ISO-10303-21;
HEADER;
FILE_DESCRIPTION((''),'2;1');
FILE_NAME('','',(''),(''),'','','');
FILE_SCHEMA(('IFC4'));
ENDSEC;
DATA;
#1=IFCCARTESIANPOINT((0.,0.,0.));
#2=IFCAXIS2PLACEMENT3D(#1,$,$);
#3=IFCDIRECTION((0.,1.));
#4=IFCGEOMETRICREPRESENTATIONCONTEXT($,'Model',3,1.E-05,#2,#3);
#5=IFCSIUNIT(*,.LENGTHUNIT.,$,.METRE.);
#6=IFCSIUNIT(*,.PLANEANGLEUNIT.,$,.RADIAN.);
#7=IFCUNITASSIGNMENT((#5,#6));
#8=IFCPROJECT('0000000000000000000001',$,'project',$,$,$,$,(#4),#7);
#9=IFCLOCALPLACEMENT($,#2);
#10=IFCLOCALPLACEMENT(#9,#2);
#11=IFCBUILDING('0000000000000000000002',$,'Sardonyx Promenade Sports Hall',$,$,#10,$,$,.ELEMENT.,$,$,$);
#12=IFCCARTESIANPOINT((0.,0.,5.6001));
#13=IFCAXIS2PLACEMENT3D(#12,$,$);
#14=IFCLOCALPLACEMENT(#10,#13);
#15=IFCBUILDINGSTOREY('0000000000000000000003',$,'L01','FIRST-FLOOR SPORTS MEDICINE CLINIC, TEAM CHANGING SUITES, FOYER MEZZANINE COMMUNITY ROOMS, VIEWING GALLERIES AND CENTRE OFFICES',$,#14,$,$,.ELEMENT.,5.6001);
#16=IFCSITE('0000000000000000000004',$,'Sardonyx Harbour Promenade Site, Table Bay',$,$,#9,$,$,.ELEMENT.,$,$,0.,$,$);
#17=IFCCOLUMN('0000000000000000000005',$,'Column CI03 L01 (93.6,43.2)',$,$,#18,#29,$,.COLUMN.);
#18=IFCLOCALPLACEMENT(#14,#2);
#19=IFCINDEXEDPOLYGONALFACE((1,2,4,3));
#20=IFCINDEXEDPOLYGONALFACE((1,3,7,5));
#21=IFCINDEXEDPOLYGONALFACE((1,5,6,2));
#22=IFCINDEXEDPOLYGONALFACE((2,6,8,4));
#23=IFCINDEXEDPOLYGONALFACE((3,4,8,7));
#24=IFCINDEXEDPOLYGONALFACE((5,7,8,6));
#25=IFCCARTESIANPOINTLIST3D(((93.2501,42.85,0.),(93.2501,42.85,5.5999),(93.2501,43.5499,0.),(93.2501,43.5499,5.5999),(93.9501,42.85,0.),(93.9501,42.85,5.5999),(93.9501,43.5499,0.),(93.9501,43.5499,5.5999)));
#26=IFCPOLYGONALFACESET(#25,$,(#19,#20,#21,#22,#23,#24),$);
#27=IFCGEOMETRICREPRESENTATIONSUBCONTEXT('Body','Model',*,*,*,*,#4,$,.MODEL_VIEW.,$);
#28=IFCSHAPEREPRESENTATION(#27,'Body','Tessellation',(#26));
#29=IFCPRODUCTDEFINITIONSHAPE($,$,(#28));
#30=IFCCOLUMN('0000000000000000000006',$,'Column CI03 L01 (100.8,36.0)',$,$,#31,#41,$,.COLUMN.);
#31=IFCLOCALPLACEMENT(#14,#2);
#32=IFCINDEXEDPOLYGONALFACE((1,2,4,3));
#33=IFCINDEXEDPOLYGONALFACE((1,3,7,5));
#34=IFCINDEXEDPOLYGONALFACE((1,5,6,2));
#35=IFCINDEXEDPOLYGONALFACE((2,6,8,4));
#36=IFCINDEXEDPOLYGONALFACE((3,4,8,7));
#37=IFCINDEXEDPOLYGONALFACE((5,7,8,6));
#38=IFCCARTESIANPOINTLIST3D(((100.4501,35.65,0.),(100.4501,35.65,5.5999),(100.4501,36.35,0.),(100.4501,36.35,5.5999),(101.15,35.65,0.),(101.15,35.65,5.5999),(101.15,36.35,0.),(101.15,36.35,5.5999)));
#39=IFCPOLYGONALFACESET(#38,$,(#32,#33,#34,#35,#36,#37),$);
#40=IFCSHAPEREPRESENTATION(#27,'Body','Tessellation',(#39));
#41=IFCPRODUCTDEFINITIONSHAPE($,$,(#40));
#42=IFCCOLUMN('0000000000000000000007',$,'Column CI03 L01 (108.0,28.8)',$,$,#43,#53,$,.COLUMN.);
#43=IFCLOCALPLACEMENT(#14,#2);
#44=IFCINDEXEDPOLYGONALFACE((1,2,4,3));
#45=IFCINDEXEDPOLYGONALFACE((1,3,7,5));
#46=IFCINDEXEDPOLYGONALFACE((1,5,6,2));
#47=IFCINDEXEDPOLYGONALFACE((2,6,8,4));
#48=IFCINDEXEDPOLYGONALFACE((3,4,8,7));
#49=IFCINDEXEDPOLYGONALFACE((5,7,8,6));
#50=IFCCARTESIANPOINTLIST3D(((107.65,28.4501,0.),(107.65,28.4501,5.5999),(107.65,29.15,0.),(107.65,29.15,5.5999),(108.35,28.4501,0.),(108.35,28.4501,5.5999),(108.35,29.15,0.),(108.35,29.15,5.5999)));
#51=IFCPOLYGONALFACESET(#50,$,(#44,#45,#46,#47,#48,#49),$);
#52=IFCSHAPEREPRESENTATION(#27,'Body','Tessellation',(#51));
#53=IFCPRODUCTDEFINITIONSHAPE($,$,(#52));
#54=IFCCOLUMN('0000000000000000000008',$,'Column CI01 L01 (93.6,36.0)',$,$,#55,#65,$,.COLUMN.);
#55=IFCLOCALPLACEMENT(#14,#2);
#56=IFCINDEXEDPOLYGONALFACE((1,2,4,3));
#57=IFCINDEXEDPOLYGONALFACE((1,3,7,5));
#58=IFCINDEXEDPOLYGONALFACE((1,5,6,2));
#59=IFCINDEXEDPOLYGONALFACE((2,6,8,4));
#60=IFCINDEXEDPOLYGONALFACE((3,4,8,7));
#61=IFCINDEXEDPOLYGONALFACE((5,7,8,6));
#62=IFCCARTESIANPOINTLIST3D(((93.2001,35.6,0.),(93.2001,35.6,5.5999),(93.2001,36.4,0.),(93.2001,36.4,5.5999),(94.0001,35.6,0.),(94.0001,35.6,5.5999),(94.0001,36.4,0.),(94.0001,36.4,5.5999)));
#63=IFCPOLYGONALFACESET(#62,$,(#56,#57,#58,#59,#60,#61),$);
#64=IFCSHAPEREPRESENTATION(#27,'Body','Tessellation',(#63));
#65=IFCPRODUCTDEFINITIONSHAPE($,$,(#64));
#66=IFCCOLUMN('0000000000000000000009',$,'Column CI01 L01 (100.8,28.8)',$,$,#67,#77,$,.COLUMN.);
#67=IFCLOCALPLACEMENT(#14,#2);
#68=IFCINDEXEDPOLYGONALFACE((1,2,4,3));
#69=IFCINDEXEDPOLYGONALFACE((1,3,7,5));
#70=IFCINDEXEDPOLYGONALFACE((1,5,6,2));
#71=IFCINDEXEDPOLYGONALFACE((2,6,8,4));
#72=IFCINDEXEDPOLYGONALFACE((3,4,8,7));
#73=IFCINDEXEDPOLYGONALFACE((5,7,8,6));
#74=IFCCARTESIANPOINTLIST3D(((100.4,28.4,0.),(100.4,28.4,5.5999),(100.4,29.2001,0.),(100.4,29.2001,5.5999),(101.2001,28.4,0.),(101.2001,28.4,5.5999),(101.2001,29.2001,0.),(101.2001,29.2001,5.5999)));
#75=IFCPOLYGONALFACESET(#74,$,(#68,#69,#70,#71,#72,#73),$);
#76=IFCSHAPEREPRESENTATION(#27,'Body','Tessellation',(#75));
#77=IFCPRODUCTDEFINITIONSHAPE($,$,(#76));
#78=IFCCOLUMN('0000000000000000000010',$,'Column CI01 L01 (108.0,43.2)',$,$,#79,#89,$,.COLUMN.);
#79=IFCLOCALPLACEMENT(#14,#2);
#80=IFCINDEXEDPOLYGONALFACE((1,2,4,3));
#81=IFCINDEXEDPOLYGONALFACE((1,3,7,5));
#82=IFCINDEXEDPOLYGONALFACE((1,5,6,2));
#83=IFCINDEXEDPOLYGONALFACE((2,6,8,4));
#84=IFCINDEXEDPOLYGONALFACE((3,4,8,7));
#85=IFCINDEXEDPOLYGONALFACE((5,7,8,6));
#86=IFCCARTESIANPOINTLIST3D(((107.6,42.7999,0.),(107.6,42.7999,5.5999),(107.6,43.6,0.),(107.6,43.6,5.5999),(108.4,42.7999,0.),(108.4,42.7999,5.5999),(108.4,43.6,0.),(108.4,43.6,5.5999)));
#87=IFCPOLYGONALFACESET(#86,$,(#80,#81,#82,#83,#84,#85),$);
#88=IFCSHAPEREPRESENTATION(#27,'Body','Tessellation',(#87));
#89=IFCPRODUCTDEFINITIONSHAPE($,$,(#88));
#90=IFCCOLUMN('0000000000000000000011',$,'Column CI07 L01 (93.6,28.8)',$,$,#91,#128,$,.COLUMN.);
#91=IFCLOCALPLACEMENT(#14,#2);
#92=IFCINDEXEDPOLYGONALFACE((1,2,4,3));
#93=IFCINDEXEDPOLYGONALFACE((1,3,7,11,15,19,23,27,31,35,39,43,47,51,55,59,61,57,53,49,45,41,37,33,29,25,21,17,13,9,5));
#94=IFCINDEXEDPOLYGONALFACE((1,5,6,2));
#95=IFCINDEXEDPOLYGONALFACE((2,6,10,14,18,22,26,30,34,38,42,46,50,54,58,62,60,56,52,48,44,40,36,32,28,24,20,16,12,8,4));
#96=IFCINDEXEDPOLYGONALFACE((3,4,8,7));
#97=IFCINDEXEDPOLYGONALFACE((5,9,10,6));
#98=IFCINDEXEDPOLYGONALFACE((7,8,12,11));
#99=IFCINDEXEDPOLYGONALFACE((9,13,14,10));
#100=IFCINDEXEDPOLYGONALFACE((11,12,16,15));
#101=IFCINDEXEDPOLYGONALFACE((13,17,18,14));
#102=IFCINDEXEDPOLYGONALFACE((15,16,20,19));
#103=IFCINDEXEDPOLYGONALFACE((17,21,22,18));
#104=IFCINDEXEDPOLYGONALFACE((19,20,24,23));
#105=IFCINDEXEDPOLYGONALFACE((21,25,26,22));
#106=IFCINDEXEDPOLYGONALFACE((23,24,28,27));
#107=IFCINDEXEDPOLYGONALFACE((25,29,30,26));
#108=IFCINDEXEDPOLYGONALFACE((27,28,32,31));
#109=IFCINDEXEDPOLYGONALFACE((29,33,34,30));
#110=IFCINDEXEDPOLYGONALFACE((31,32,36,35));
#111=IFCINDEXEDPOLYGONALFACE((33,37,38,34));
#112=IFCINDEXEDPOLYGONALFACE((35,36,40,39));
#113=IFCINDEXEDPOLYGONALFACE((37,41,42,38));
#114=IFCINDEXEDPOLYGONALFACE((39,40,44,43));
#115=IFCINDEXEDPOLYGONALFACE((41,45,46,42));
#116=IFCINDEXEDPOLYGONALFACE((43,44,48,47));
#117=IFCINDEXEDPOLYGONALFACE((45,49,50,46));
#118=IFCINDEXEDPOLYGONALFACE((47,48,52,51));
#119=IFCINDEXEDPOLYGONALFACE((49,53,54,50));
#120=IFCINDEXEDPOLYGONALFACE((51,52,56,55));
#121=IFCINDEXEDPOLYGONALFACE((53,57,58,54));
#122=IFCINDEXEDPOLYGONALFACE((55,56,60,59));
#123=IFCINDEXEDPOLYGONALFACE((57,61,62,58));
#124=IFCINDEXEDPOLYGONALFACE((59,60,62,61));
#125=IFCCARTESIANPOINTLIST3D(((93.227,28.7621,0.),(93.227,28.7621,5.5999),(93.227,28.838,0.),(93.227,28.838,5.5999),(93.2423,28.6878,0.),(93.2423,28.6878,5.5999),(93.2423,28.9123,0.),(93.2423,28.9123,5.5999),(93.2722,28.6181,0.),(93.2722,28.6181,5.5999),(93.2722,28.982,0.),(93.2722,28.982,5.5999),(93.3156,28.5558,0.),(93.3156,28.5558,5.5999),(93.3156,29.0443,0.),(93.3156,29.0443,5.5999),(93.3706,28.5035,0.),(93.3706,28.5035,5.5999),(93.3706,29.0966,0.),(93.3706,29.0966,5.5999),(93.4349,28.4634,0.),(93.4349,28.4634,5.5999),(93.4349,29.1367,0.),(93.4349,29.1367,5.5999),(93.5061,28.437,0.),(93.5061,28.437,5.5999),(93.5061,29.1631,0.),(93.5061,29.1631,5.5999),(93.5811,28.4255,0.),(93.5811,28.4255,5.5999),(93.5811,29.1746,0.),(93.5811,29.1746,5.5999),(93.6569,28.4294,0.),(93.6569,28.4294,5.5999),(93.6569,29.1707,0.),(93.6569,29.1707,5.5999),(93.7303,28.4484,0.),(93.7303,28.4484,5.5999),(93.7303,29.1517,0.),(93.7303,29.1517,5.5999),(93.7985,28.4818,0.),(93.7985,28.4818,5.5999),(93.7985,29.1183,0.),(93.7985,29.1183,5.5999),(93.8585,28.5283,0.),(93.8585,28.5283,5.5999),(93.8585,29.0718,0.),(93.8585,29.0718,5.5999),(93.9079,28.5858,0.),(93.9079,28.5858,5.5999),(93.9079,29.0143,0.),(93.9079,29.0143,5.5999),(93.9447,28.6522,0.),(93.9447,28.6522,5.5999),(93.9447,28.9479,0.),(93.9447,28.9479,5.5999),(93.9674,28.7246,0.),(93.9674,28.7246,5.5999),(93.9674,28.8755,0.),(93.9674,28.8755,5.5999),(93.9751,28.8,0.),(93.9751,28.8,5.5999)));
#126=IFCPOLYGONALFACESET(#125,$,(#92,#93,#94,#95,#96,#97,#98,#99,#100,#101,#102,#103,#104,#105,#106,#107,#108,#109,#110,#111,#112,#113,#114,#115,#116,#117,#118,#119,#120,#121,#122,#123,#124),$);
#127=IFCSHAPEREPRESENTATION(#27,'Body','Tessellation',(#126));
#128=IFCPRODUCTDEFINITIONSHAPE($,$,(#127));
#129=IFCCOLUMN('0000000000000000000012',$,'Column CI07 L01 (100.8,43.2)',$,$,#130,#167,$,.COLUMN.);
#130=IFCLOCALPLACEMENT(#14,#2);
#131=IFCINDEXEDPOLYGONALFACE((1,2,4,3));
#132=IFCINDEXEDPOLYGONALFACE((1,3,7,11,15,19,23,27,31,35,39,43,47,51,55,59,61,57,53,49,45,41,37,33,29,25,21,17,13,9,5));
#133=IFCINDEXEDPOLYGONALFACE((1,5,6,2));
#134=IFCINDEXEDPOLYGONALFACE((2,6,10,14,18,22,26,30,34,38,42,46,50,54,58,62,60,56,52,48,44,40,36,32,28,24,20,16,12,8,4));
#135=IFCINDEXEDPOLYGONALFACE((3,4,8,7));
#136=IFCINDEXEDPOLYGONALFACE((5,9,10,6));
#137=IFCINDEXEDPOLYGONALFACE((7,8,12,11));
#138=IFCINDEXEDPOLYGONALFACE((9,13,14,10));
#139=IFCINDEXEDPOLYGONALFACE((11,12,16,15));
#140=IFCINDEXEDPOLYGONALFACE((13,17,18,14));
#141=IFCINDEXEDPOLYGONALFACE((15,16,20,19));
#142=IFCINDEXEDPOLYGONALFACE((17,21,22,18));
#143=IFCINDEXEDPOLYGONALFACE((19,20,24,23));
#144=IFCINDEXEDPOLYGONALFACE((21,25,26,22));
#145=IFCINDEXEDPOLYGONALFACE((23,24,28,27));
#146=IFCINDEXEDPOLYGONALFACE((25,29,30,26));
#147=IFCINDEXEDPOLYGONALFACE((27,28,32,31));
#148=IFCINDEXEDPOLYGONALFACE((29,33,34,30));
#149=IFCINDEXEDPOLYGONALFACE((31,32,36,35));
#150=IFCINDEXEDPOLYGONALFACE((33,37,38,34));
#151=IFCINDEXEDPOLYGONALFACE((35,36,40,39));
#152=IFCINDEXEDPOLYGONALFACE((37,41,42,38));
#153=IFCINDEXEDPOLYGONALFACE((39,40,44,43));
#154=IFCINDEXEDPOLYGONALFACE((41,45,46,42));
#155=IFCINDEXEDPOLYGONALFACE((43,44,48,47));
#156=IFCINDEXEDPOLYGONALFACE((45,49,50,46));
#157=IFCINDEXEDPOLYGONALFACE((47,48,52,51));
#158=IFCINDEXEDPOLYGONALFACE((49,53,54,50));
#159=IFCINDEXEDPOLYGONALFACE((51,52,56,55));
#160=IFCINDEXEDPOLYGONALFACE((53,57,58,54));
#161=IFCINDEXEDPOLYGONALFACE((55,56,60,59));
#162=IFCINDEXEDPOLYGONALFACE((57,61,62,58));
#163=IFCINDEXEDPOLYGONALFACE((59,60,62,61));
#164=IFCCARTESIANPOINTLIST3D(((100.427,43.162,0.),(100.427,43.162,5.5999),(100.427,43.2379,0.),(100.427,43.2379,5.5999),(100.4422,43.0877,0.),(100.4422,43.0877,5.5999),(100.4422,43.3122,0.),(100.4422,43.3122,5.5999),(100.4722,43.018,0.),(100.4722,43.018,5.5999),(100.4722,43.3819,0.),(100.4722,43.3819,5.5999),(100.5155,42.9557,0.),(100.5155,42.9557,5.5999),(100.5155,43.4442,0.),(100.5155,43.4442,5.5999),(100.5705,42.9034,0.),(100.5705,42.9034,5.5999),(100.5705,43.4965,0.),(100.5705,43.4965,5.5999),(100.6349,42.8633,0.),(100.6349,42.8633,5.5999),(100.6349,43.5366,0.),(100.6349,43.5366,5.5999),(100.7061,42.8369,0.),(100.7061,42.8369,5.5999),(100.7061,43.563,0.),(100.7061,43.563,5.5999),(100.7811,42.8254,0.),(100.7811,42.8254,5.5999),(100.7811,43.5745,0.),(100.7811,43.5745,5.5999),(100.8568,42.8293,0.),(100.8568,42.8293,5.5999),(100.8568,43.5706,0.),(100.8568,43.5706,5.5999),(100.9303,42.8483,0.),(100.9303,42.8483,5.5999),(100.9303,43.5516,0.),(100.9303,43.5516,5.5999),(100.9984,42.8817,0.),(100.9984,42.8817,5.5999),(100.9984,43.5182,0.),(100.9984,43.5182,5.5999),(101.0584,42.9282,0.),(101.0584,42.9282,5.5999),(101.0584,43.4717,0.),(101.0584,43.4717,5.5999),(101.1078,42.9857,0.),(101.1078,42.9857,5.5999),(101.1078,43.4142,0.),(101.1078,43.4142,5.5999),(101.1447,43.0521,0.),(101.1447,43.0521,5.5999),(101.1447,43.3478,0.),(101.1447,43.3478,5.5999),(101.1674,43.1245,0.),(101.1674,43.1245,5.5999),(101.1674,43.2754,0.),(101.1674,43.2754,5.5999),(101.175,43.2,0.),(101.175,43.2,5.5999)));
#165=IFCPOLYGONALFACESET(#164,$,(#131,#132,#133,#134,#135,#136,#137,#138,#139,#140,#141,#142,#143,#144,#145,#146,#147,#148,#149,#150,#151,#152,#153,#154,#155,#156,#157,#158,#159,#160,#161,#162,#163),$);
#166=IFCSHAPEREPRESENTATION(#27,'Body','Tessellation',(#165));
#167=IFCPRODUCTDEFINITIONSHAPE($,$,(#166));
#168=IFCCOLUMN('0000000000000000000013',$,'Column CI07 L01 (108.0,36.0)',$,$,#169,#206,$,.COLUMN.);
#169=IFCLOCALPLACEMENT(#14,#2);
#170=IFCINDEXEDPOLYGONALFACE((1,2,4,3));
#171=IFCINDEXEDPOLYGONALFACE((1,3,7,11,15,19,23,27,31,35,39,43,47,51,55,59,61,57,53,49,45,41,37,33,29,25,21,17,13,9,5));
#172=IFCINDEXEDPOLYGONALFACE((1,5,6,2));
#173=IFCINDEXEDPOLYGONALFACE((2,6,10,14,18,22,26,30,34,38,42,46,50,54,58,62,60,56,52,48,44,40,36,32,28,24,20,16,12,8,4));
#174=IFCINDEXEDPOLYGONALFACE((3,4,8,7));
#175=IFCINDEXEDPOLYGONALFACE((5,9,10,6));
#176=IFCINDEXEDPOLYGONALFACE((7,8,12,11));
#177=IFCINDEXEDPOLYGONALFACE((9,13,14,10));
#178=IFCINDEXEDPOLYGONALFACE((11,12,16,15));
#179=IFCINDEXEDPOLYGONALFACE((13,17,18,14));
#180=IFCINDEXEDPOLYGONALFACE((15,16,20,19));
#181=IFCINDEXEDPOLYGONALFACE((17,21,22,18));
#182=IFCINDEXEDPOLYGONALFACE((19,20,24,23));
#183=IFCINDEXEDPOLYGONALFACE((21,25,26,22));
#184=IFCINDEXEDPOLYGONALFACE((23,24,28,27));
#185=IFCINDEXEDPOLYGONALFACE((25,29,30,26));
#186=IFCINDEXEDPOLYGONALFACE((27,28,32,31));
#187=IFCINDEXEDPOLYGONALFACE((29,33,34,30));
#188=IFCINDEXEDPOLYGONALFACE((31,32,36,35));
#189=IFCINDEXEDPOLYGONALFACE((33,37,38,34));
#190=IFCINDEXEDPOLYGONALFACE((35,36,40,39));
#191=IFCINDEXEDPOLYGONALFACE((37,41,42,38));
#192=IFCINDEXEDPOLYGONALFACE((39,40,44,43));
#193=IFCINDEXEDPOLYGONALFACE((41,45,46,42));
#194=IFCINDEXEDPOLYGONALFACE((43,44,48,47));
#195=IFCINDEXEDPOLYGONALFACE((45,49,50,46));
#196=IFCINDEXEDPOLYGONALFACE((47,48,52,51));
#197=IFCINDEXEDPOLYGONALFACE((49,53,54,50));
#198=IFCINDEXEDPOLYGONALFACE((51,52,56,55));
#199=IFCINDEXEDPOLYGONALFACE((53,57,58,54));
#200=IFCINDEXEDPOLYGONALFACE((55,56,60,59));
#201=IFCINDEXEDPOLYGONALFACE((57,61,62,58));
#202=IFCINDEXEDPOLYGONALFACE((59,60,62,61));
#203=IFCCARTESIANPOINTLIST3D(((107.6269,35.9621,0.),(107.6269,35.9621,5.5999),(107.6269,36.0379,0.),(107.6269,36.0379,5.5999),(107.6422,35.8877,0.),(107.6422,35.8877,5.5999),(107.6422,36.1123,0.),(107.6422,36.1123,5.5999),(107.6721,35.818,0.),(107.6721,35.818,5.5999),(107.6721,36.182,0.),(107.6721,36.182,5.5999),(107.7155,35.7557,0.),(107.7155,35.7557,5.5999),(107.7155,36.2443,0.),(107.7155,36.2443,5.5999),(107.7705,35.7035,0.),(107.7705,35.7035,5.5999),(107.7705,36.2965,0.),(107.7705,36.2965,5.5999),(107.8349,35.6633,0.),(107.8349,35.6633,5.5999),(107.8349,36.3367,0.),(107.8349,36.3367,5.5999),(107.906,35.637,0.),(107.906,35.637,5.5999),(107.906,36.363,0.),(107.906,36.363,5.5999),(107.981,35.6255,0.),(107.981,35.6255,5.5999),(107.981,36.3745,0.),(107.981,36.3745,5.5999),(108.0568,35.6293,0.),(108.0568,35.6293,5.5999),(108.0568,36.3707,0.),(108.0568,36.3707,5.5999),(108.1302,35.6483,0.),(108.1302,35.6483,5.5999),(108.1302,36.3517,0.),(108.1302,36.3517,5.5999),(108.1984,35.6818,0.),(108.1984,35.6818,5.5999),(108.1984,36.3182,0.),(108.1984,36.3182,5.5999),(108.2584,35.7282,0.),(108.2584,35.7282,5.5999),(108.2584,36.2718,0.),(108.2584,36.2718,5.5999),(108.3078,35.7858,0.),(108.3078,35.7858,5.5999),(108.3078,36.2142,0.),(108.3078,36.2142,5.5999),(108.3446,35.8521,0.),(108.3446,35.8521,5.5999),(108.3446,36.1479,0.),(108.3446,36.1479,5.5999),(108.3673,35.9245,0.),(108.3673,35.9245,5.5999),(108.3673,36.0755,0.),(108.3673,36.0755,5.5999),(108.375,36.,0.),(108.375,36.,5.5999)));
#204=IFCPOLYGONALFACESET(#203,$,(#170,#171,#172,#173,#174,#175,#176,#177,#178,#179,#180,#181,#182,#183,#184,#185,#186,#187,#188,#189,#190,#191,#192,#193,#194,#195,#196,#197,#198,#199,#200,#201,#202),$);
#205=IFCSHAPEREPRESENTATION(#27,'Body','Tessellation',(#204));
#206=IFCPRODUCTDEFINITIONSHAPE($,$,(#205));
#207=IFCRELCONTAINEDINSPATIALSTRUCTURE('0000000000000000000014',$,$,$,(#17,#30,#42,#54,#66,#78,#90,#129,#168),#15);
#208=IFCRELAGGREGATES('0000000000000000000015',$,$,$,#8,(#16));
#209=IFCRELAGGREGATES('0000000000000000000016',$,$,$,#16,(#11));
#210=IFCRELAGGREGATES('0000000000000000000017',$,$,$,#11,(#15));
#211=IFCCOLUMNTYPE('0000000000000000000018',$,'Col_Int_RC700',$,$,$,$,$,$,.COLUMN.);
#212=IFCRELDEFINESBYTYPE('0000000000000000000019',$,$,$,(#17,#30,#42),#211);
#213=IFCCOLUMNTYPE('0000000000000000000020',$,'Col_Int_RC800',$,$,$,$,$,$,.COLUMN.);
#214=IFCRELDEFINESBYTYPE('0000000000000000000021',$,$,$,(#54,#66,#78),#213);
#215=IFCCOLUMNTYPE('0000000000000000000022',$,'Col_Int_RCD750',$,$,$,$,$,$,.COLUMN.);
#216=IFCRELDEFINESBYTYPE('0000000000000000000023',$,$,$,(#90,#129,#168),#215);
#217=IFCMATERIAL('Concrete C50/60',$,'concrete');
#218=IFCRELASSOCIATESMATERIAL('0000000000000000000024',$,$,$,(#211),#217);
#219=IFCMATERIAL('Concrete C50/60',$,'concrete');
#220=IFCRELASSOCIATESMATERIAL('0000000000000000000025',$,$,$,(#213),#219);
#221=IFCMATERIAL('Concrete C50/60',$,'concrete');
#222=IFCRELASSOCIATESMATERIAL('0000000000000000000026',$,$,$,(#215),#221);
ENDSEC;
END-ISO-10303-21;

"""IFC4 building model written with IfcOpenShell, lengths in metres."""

from ifc_helpers import new_model, si_unit, direction, frame, origin, origin_2d, place, context, subcontext, project, spatial, rectangle, circle, extrude, material, material_profile, profile_set, type_object, element, save


model = new_model("IFC4")

# Units and contexts
model_context = context("Model", 3, precision=1e-05, world=origin(), true_north=direction((0.0, 1.0)))
body_context = subcontext(model_context, "Body", "Model", "MODEL_VIEW")
ifc_project = project(units=[si_unit("LENGTHUNIT", "METRE"), si_unit("PLANEANGLEUNIT", "RADIAN")], contexts=[model_context])

# Site, building, storey
site_placement = place(None, origin())
site = spatial("IfcSite", under=ifc_project, at=site_placement, Name="Sardonyx Harbour Promenade Site, Table Bay", CompositionType="ELEMENT", RefElevation=0.0)
building_placement = place(site_placement, origin())
building = spatial("IfcBuilding", under=site, at=building_placement, Name="Sardonyx Promenade Sports Hall", CompositionType="ELEMENT")
storey_placement = place(building_placement, frame((0.0, 0.0, 5.6001)))
storey = spatial("IfcBuildingStorey", under=building, at=storey_placement, Name="L01", Description="FIRST-FLOOR SPORTS MEDICINE CLINIC, TEAM CHANGING SUITES, FOYER MEZZANINE COMMUNITY ROOMS, VIEWING GALLERIES AND CENTRE OFFICES", CompositionType="ELEMENT", Elevation=5.6001)

# Columns
ifc_material_1 = material(Name="Concrete C50/60", Category="concrete")
ifc_material_profile_1 = material_profile(ifc_material_1, rectangle(XDim=0.7, YDim=0.7, at=origin_2d()))
ifc_profile_set_1 = profile_set([ifc_material_profile_1], Name="Concrete C50/60")
column_type_1 = type_object("IfcColumnType", Name="Col_Int_RC700", PredefinedType="COLUMN", material=ifc_profile_set_1)
for number, where, z_axis, x_axis, name in (
    (1, (93.6001, 43.2, 0.0), (0.0, 0.0, 1.0), (1.0, 0.0, 0.0), "Column CI03 L01 (93.6,43.2)"),
    (2, (100.8, 36.0, 0.0), (0.0, 0.0, 1.0), (1.0, 0.0, 0.0), "Column CI03 L01 (100.8,36.0)"),
    (3, (108.0, 28.8, 0.0), (0.0, 0.0, 1.0), (1.0, 0.0, 0.0), "Column CI03 L01 (108.0,28.8)"),
):
    element("IfcColumn", number, at=place(storey_placement, frame(where, z_axis=z_axis, x_axis=x_axis)), inside=storey, type_object=column_type_1, Name=name, PredefinedType="COLUMN", context=body_context, shape_type="SweptSolid", body=[
        extrude(rectangle(XDim=0.7, YDim=0.7, at=origin_2d()), origin(), (0.0, 0.0, 1.0), 5.5999),
    ])
ifc_material_2 = material(Name="Concrete C50/60", Category="concrete")
ifc_material_profile_2 = material_profile(ifc_material_2, rectangle(XDim=0.8, YDim=0.8, at=origin_2d()))
ifc_profile_set_2 = profile_set([ifc_material_profile_2], Name="Concrete C50/60")
column_type_2 = type_object("IfcColumnType", Name="Col_Int_RC800", PredefinedType="COLUMN", material=ifc_profile_set_2)
for number, where, z_axis, x_axis, name in (
    (4, (93.6001, 36.0, 0.0), (0.0, 0.0, 1.0), (1.0, 0.0, 0.0), "Column CI01 L01 (93.6,36.0)"),
    (5, (100.8, 28.8, 0.0), (0.0, 0.0, 1.0), (1.0, 0.0, 0.0), "Column CI01 L01 (100.8,28.8)"),
    (6, (108.0, 43.2, 0.0), (0.0, 0.0, 1.0), (1.0, 0.0, 0.0), "Column CI01 L01 (108.0,43.2)"),
):
    element("IfcColumn", number, at=place(storey_placement, frame(where, z_axis=z_axis, x_axis=x_axis)), inside=storey, type_object=column_type_2, Name=name, PredefinedType="COLUMN", context=body_context, shape_type="SweptSolid", body=[
        extrude(rectangle(XDim=0.8, YDim=0.8, at=origin_2d()), origin(), (0.0, 0.0, 1.0), 5.5999),
    ])
ifc_material_3 = material(Name="Concrete C50/60", Category="concrete")
ifc_material_profile_3 = material_profile(ifc_material_3, circle(Radius=0.375, at=origin_2d()))
ifc_profile_set_3 = profile_set([ifc_material_profile_3], Name="Concrete C50/60")
column_type_3 = type_object("IfcColumnType", Name="Col_Int_RCD750", PredefinedType="COLUMN", material=ifc_profile_set_3)
for number, where, z_axis, x_axis, name in (
    (7, (93.6001, 28.8, 0.0), (0.0, 0.0, 1.0), (1.0, 0.0, 0.0), "Column CI07 L01 (93.6,28.8)"),
    (8, (100.8, 43.2, 0.0), (0.0, 0.0, 1.0), (1.0, 0.0, 0.0), "Column CI07 L01 (100.8,43.2)"),
    (9, (108.0, 36.0, 0.0), (0.0, 0.0, 1.0), (1.0, 0.0, 0.0), "Column CI07 L01 (108.0,36.0)"),
):
    element("IfcColumn", number, at=place(storey_placement, frame(where, z_axis=z_axis, x_axis=x_axis)), inside=storey, type_object=column_type_3, Name=name, PredefinedType="COLUMN", context=body_context, shape_type="SweptSolid", body=[
        extrude(circle(Radius=0.375, at=origin_2d()), origin(), (0.0, 0.0, 1.0), 5.5999),
    ])

save(model, "model.ifc")
